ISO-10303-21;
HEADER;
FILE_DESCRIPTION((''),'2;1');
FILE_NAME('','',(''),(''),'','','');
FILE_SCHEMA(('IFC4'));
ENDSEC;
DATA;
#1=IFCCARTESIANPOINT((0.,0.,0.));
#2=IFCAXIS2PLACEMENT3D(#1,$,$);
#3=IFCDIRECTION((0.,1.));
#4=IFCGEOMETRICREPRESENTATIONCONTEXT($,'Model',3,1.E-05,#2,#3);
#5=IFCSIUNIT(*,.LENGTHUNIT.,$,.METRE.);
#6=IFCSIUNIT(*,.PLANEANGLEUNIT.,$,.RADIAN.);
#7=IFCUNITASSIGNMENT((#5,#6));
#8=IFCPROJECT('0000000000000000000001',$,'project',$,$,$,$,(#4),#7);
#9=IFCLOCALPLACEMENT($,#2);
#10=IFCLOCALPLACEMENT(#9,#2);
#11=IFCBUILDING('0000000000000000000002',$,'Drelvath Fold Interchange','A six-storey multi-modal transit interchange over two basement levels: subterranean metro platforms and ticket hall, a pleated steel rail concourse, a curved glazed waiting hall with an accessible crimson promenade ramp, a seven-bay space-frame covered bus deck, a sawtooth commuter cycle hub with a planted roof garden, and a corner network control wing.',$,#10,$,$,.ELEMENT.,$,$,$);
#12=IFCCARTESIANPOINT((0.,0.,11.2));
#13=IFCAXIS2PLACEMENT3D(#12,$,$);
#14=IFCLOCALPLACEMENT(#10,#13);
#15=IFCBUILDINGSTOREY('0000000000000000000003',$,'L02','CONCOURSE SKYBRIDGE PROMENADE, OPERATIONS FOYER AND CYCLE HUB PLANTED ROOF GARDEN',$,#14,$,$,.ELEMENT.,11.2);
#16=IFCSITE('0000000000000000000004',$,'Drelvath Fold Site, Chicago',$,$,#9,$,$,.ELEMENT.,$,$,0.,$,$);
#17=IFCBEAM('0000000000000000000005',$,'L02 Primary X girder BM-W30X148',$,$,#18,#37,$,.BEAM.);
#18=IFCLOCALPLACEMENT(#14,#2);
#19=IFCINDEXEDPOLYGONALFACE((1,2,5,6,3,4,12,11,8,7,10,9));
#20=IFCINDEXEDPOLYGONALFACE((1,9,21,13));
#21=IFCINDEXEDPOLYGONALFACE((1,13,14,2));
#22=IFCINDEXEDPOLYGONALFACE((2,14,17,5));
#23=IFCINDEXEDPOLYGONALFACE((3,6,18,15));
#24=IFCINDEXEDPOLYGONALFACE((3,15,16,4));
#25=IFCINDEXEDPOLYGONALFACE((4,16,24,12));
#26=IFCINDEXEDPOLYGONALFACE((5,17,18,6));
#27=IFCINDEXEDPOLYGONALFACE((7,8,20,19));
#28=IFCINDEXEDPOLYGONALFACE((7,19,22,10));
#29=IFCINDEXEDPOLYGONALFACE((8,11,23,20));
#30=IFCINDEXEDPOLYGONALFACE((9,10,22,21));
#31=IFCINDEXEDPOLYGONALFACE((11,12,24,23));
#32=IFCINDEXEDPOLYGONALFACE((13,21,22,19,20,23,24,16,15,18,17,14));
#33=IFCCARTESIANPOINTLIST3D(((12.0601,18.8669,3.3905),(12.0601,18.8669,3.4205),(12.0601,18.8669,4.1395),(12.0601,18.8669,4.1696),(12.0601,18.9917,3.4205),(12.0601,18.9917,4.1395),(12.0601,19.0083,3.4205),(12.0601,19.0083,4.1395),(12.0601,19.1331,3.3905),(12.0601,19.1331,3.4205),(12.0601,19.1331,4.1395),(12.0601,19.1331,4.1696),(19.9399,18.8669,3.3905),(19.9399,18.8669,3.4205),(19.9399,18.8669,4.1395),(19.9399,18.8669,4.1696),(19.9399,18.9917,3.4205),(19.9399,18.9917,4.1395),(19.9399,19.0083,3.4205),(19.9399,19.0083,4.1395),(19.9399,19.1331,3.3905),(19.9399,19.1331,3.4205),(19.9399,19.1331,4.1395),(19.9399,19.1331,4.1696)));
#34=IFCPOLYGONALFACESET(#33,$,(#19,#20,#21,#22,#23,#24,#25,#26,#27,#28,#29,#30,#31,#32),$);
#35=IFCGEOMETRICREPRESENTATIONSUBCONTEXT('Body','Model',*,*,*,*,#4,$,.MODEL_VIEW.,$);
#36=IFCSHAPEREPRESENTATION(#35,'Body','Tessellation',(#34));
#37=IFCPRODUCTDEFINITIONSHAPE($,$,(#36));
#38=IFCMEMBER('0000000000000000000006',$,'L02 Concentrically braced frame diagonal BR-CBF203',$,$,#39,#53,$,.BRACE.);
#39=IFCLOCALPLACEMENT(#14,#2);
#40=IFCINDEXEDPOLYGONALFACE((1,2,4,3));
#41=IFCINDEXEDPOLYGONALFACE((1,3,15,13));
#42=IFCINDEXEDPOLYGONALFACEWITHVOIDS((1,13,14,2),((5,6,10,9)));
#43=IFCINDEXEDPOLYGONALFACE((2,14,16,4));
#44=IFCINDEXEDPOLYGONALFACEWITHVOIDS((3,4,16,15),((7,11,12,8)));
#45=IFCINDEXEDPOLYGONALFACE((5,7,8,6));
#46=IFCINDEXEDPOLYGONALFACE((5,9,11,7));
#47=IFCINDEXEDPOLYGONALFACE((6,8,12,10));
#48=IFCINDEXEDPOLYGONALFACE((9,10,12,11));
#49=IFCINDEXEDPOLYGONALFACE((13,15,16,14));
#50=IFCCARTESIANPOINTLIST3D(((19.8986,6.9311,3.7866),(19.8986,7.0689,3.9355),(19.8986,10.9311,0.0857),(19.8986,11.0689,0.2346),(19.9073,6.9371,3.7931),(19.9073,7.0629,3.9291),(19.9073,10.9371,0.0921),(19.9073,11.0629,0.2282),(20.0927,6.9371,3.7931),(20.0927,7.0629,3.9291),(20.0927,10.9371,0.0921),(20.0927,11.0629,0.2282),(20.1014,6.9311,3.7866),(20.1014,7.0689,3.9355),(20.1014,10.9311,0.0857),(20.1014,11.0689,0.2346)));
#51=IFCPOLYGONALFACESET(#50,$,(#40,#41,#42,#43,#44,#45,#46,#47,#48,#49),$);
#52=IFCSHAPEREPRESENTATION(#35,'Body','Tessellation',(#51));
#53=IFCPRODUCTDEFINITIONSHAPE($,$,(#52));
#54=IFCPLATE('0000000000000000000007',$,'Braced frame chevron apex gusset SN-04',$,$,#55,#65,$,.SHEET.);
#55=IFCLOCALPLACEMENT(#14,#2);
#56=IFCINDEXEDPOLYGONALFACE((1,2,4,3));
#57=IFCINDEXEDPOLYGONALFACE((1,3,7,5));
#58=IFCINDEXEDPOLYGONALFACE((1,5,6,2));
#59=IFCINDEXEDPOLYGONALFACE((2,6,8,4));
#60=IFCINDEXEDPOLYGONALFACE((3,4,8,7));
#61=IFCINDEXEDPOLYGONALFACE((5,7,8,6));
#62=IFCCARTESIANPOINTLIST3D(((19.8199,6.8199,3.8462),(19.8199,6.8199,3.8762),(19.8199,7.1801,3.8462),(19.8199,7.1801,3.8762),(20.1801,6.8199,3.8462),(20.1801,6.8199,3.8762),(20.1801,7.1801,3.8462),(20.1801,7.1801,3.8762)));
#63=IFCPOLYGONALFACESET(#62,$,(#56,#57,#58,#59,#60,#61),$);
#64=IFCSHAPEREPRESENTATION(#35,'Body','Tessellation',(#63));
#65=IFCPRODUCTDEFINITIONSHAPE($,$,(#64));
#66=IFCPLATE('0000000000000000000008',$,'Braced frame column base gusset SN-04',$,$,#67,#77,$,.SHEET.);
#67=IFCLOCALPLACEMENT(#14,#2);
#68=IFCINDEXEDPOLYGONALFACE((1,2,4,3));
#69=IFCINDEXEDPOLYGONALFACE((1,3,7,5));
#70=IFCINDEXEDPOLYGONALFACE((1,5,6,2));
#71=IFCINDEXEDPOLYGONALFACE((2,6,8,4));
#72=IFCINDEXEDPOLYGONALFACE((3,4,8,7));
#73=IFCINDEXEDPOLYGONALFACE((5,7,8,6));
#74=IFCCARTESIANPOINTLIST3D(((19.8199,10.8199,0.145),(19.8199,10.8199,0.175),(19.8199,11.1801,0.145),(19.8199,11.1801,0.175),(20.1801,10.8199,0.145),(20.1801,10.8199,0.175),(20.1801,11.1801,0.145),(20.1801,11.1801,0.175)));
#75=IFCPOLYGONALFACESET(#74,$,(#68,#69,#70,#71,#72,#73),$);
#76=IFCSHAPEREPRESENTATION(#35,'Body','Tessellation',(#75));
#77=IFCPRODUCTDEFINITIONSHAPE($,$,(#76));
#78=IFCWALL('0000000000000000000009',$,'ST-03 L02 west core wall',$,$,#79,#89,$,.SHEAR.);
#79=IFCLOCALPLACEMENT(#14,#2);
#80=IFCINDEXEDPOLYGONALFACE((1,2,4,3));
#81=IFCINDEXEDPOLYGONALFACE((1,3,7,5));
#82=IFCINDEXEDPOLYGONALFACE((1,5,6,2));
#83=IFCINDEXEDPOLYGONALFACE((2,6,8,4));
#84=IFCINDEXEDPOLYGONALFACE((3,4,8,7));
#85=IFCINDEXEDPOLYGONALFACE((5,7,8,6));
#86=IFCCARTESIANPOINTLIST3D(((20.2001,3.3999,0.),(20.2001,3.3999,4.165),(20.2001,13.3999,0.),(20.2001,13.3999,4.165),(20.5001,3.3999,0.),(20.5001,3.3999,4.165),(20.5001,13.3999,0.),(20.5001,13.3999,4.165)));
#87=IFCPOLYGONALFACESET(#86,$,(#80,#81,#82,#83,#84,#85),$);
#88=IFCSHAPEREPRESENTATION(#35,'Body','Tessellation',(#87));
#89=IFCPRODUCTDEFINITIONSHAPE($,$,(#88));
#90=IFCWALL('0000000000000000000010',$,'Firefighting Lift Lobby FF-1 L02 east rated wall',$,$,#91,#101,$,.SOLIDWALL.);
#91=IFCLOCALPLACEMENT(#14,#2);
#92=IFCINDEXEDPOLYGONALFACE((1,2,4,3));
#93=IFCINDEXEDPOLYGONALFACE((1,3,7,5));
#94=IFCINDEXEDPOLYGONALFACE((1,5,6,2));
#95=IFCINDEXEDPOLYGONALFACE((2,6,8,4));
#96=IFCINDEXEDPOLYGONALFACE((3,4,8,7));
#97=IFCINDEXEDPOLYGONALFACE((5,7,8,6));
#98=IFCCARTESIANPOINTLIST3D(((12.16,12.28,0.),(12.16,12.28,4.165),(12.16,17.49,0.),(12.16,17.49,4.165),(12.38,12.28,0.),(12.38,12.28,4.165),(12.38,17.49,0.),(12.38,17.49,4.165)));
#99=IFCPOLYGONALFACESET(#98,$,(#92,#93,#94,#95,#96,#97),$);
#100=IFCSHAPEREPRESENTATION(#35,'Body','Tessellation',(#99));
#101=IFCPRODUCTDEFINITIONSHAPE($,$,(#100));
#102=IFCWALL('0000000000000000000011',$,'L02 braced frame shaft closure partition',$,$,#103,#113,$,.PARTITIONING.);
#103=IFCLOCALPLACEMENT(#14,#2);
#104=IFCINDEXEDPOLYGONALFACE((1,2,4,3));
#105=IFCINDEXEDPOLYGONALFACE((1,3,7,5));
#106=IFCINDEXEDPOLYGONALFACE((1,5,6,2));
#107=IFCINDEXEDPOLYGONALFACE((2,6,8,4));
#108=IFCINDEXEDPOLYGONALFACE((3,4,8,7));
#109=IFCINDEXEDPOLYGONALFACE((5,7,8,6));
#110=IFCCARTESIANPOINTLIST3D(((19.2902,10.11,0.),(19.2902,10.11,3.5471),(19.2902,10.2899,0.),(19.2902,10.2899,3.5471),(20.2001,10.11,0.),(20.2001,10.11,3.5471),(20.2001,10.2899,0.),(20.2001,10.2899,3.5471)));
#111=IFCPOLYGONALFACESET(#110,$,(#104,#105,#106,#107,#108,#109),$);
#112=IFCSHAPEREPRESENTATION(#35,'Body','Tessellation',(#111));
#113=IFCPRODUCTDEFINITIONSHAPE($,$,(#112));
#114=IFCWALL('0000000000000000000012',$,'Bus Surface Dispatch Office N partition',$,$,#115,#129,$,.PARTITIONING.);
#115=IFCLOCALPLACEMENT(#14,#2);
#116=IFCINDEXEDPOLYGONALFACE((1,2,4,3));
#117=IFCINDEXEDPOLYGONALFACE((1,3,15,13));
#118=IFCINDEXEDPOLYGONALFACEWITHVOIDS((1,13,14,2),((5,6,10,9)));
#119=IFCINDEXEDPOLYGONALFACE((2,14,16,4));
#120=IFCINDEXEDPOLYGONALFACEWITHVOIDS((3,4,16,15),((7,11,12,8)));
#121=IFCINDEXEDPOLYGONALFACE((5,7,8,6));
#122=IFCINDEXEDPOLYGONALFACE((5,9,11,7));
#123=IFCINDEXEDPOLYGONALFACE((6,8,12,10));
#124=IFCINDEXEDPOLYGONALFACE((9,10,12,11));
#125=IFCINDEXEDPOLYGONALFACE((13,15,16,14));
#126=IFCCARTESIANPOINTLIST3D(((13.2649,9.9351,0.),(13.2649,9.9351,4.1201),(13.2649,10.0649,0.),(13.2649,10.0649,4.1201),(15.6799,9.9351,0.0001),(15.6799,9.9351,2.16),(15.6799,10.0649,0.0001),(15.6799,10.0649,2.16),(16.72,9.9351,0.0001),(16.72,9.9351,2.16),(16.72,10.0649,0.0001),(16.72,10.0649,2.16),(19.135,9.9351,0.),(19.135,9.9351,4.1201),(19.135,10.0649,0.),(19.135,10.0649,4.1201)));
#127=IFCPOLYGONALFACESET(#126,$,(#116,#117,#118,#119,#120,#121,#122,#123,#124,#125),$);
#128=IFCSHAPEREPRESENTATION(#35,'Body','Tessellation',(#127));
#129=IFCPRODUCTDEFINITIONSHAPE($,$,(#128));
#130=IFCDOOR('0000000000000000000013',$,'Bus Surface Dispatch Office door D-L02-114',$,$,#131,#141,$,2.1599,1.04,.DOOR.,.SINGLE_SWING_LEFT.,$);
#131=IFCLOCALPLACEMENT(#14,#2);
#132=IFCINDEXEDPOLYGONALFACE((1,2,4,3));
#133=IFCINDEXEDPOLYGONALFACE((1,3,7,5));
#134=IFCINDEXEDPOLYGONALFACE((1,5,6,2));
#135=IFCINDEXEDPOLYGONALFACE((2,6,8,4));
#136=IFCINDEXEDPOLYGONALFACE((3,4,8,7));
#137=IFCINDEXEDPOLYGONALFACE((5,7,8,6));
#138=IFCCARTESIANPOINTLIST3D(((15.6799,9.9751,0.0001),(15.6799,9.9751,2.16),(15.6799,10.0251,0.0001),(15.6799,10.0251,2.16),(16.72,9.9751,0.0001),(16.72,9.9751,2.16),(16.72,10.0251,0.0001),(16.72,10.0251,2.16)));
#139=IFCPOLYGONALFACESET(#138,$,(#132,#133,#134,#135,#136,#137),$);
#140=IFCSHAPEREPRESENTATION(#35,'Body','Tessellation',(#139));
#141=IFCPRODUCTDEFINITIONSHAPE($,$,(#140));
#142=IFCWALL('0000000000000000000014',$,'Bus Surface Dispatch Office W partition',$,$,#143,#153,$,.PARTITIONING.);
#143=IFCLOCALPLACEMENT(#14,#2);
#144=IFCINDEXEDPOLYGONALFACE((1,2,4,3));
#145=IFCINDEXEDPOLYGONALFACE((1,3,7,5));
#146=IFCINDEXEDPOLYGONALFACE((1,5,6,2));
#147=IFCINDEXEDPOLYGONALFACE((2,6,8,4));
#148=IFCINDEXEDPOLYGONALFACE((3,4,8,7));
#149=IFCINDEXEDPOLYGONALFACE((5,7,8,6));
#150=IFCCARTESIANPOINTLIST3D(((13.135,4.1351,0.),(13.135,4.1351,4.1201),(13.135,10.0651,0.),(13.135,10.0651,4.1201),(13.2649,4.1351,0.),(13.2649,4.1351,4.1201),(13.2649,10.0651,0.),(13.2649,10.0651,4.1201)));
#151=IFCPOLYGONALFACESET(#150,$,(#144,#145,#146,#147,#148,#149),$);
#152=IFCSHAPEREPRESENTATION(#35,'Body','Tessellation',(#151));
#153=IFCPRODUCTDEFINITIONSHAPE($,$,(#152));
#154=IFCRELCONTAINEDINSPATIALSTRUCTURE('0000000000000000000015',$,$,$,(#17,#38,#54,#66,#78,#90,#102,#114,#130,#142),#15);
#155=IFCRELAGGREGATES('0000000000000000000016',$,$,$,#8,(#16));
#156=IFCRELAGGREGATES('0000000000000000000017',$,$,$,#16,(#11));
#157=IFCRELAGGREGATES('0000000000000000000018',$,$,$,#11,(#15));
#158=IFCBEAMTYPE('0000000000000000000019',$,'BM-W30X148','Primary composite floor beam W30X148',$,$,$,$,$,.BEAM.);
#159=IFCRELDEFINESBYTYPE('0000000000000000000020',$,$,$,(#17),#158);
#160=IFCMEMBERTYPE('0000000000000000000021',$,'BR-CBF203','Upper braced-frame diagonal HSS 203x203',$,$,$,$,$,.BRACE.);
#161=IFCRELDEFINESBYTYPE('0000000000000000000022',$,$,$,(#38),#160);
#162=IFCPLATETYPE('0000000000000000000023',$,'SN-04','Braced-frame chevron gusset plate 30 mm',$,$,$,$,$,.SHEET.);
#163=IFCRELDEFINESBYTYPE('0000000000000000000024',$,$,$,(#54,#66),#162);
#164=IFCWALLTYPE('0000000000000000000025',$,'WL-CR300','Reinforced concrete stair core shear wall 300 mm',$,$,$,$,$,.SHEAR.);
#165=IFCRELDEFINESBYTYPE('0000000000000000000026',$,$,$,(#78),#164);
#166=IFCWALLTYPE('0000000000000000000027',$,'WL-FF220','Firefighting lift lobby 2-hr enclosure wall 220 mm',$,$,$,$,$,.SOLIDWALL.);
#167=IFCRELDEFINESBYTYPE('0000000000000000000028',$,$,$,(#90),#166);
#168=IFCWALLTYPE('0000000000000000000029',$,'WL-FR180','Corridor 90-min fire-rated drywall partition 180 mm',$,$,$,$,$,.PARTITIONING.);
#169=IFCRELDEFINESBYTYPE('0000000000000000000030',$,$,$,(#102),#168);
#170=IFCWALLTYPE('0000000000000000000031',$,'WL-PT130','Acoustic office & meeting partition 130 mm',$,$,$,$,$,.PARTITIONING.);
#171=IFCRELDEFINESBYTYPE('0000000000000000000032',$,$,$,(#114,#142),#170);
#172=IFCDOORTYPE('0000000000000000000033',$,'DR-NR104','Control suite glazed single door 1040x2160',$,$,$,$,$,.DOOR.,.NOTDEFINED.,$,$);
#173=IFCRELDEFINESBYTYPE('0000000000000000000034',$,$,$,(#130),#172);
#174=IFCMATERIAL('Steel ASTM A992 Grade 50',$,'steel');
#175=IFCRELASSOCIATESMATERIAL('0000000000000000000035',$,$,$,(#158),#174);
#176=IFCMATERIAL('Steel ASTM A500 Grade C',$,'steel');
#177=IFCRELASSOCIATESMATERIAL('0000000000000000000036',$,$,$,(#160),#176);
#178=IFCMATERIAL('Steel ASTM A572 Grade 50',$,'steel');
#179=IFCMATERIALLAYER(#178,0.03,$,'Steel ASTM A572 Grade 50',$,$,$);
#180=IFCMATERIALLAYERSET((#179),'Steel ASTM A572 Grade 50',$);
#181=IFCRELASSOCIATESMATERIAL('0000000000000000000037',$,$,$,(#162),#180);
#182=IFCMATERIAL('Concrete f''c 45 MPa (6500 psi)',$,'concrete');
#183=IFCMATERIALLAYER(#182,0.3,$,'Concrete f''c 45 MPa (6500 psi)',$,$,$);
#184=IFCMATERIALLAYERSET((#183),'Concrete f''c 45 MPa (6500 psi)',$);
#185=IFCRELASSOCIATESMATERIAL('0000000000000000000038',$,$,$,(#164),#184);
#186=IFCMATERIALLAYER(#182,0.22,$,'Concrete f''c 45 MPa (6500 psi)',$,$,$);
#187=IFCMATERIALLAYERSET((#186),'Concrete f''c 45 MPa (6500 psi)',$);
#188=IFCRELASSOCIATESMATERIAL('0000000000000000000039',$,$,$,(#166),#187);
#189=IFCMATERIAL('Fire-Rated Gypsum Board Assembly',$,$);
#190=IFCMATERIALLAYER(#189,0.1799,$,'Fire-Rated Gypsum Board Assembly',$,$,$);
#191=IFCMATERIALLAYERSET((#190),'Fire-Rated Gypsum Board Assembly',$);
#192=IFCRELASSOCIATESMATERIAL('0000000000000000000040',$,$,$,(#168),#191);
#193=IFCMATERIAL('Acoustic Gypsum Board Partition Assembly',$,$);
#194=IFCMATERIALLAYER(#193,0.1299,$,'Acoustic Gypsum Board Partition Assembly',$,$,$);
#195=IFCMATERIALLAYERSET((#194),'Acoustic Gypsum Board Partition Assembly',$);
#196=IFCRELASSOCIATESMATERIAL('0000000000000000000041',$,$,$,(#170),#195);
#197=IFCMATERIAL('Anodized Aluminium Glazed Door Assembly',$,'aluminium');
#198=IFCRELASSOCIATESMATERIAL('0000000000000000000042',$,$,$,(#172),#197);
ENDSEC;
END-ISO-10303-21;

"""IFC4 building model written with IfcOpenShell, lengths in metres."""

from ifc_helpers import new_model, si_unit, direction, frame, frame_2d, origin, origin_2d, place, context, subcontext, project, spatial, rectangle, hollow_rectangle, i_section, extrude, material, layer, layer_set, material_profile, profile_set, type_object, element, fill, save


model = new_model("IFC4")

# Units and contexts
model_context = context("Model", 3, precision=1e-05, world=origin(), true_north=direction((0.0, 1.0)))
body_context = subcontext(model_context, "Body", "Model", "MODEL_VIEW")
ifc_project = project(units=[si_unit("LENGTHUNIT", "METRE"), si_unit("PLANEANGLEUNIT", "RADIAN")], contexts=[model_context])

# Site, building, storey
site_placement = place(None, origin())
site = spatial("IfcSite", under=ifc_project, at=site_placement, Name="Drelvath Fold Site, Chicago", CompositionType="ELEMENT", RefElevation=0.0)
building_placement = place(site_placement, origin())
building = spatial("IfcBuilding", under=site, at=building_placement, Name="Drelvath Fold Interchange", Description="A six-storey multi-modal transit interchange over two basement levels: subterranean metro platforms and ticket hall, a pleated steel rail concourse, a curved glazed waiting hall with an accessible crimson promenade ramp, a seven-bay space-frame covered bus deck, a sawtooth commuter cycle hub with a planted roof garden, and a corner network control wing.", CompositionType="ELEMENT")
storey_placement = place(building_placement, frame((0.0, 0.0, 11.2)))
storey = spatial("IfcBuildingStorey", under=building, at=storey_placement, Name="L02", Description="CONCOURSE SKYBRIDGE PROMENADE, OPERATIONS FOYER AND CYCLE HUB PLANTED ROOF GARDEN", CompositionType="ELEMENT", Elevation=11.2)

# Shared definitions
ifc_material_1 = material(Name="Steel ASTM A992 Grade 50", Category="steel")

# Beam
ifc_material_profile_1 = material_profile(ifc_material_1, i_section(OverallWidth=0.2661, OverallDepth=0.7791, WebThickness=0.0166, FlangeThickness=0.03, at=origin_2d()), Name="W30X148")
ifc_profile_set_1 = profile_set([ifc_material_profile_1], Name="Steel ASTM A992 Grade 50")
beam_type_1 = type_object("IfcBeamType", Name="BM-W30X148", Description="Primary composite floor beam W30X148", PredefinedType="BEAM", material=ifc_profile_set_1)
for number, where, z_axis, x_axis, name in (
    (1, (12.0601, 19.0, 3.78), (1.0, 0.0, 0.0), (0.0, 1.0, 0.0), "L02 Primary X girder BM-W30X148"),
):
    element("IfcBeam", number, at=place(storey_placement, frame(where, z_axis=z_axis, x_axis=x_axis)), inside=storey, type_object=beam_type_1, Name=name, PredefinedType="BEAM", context=body_context, shape_type="SweptSolid", body=[
        extrude(i_section(OverallWidth=0.2661, OverallDepth=0.7791, WebThickness=0.0166, FlangeThickness=0.03, at=origin_2d()), origin(), (0.0, 0.0, 1.0), 7.8799),
    ])

# Member
ifc_material_2 = material(Name="Steel ASTM A500 Grade C", Category="steel")
ifc_material_profile_2 = material_profile(ifc_material_2, hollow_rectangle(XDim=0.2029, YDim=0.2029, WallThickness=0.0088, at=origin_2d()), Name="HSS8X8X3/8")
ifc_profile_set_2 = profile_set([ifc_material_profile_2], Name="Steel ASTM A500 Grade C")
member_type = type_object("IfcMemberType", Name="BR-CBF203", Description="Upper braced-frame diagonal HSS 203x203", PredefinedType="BRACE", material=ifc_profile_set_2)
member_placement = place(storey_placement, frame((20.0, 11.0, 0.1602), z_axis=(0.0, -0.734015, 0.679134), x_axis=(1.0, 0.0, 0.0)))
element("IfcMember", 2, at=member_placement, inside=storey, type_object=member_type, Name="L02 Concentrically braced frame diagonal BR-CBF203", PredefinedType="BRACE", context=body_context, shape_type="SweptSolid", body=[
    extrude(hollow_rectangle(XDim=0.2029, YDim=0.2029, WallThickness=0.0088, at=origin_2d()), origin(), (0.0, 0.0, 1.0), 5.4495),
])

# Plates
ifc_material_3 = material(Name="Steel ASTM A572 Grade 50", Category="steel")
ifc_layer_1 = layer(ifc_material_3, 0.03, Name="Steel ASTM A572 Grade 50")
ifc_layer_set_1 = layer_set([ifc_layer_1], Name="Steel ASTM A572 Grade 50")
plate_type = type_object("IfcPlateType", Name="SN-04", Description="Braced-frame chevron gusset plate 30 mm", PredefinedType="SHEET", material=ifc_layer_set_1)
for number, where, z_axis, x_axis, name in (
    (3, (20.0, 7.0, 3.8462), (0.0, 0.0, 1.0), (1.0, 0.0, 0.0), "Braced frame chevron apex gusset SN-04"),
    (4, (20.0, 11.0, 0.145), (0.0, 0.0, 1.0), (1.0, 0.0, 0.0), "Braced frame column base gusset SN-04"),
):
    element("IfcPlate", number, at=place(storey_placement, frame(where, z_axis=z_axis, x_axis=x_axis)), inside=storey, type_object=plate_type, Name=name, PredefinedType="SHEET", context=body_context, shape_type="SweptSolid", body=[
        extrude(rectangle(XDim=0.3601, YDim=0.3601, at=origin_2d()), origin(), (0.0, 0.0, 1.0), 0.03),
    ])

# Walls
ifc_material_4 = material(Name="Concrete f'c 45 MPa (6500 psi)", Category="concrete")
ifc_layer_2 = layer(ifc_material_4, 0.3, Name="Concrete f'c 45 MPa (6500 psi)")
ifc_layer_set_2 = layer_set([ifc_layer_2], Name="Concrete f'c 45 MPa (6500 psi)")
wall_type_1 = type_object("IfcWallType", Name="WL-CR300", Description="Reinforced concrete stair core shear wall 300 mm", PredefinedType="SHEAR", material=ifc_layer_set_2)
wall_1_placement = place(storey_placement, frame((20.3501, 13.3999, 0.0), z_axis=(0.0, 0.0, 1.0), x_axis=(0.0, -1.0, 0.0)))
element("IfcWall", 5, at=wall_1_placement, inside=storey, type_object=wall_type_1, Name="ST-03 L02 west core wall", PredefinedType="SHEAR", context=body_context, shape_type="SweptSolid", body=[
    extrude(rectangle(XDim=10.0, YDim=0.3, at=frame_2d((5.0, 0.0))), origin(), (0.0, 0.0, 1.0), 4.165),
])
ifc_layer_3 = layer(ifc_material_4, 0.22, Name="Concrete f'c 45 MPa (6500 psi)")
ifc_layer_set_3 = layer_set([ifc_layer_3], Name="Concrete f'c 45 MPa (6500 psi)")
wall_type_2 = type_object("IfcWallType", Name="WL-FF220", Description="Firefighting lift lobby 2-hr enclosure wall 220 mm", PredefinedType="SOLIDWALL", material=ifc_layer_set_3)
wall_2_placement = place(storey_placement, frame((12.27, 12.28, 0.0), z_axis=(0.0, 0.0, 1.0), x_axis=(0.0, 1.0, 0.0)))
element("IfcWall", 6, at=wall_2_placement, inside=storey, type_object=wall_type_2, Name="Firefighting Lift Lobby FF-1 L02 east rated wall", PredefinedType="SOLIDWALL", context=body_context, shape_type="SweptSolid", body=[
    extrude(rectangle(XDim=5.21, YDim=0.22, at=frame_2d((2.605, 0.0))), origin(), (0.0, 0.0, 1.0), 4.165),
])
ifc_material_5 = material(Name="Fire-Rated Gypsum Board Assembly")
ifc_layer_4 = layer(ifc_material_5, 0.1799, Name="Fire-Rated Gypsum Board Assembly")
ifc_layer_set_4 = layer_set([ifc_layer_4], Name="Fire-Rated Gypsum Board Assembly")
wall_type_3 = type_object("IfcWallType", Name="WL-FR180", Description="Corridor 90-min fire-rated drywall partition 180 mm", PredefinedType="PARTITIONING", material=ifc_layer_set_4)
wall_3_placement = place(storey_placement, frame((19.29, 10.2, 0.0), z_axis=(0.0, 0.0, 1.0), x_axis=(1.0, 0.0, 0.0)))
element("IfcWall", 7, at=wall_3_placement, inside=storey, type_object=wall_type_3, Name="L02 braced frame shaft closure partition", PredefinedType="PARTITIONING", context=body_context, shape_type="SweptSolid", body=[
    extrude(rectangle(XDim=0.9099, YDim=0.1799, at=frame_2d((0.4551, 0.0))), origin(), (0.0, 0.0, 1.0), 3.5471),
])

# Wall, opening, door
ifc_material_6 = material(Name="Acoustic Gypsum Board Partition Assembly")
ifc_layer_5 = layer(ifc_material_6, 0.1299, Name="Acoustic Gypsum Board Partition Assembly")
ifc_layer_set_5 = layer_set([ifc_layer_5], Name="Acoustic Gypsum Board Partition Assembly")
wall_type_4 = type_object("IfcWallType", Name="WL-PT130", Description="Acoustic office & meeting partition 130 mm", PredefinedType="PARTITIONING", material=ifc_layer_set_5)
wall_4_placement = place(storey_placement, frame((19.135, 10.0, 0.0), z_axis=(0.0, 0.0, 1.0), x_axis=(-1.0, 0.0, 0.0)))
wall_4 = element("IfcWall", 8, at=wall_4_placement, inside=storey, type_object=wall_type_4, Name="Bus Surface Dispatch Office N partition", PredefinedType="PARTITIONING", context=body_context, shape_type="SweptSolid", body=[
    extrude(rectangle(XDim=5.8701, YDim=0.1299, at=frame_2d((2.9351, 0.0))), origin(), (0.0, 0.0, 1.0), 4.1201),
])
opening_placement = place(wall_4_placement, frame((2.415, 0.0, 0.0)))
opening = element("IfcOpeningElement", 9, at=opening_placement, cuts=wall_4, PredefinedType="OPENING", context=body_context, shape_type="SweptSolid", body=[
    extrude(rectangle(XDim=1.04, YDim=2.1599, at=frame_2d((0.52, 1.0801))), frame((0.0, 0.075, 0.0), z_axis=(0.0, -1.0, 0.0), x_axis=(1.0, 0.0, 0.0)), (0.0, 0.0, 1.0), 0.1499),
])
ifc_material_7 = material(Name="Anodized Aluminium Glazed Door Assembly", Category="aluminium")
door_type = type_object("IfcDoorType", Name="DR-NR104", Description="Control suite glazed single door 1040x2160", OperationType="NOTDEFINED", PredefinedType="DOOR", material=ifc_material_7)
door_placement = place(opening_placement, origin())
door = element("IfcDoor", 10, at=door_placement, inside=storey, type_object=door_type, Name="Bus Surface Dispatch Office door D-L02-114", OperationType="SINGLE_SWING_LEFT", OverallHeight=2.1599, OverallWidth=1.04, PredefinedType="DOOR", context=body_context, shape_type="SweptSolid", body=[
    extrude(rectangle(XDim=1.04, YDim=2.1599, at=frame_2d((0.52, 1.0801))), frame((0.0, 0.0249, 0.0), z_axis=(0.0, -1.0, 0.0), x_axis=(1.0, 0.0, 0.0)), (0.0, 0.0, 1.0), 0.05),
])
fill(opening, door)

# Wall
wall_5_placement = place(storey_placement, frame((13.2, 10.0649, 0.0), z_axis=(0.0, 0.0, 1.0), x_axis=(0.0, -1.0, 0.0)))
element("IfcWall", 11, at=wall_5_placement, inside=storey, type_object=wall_type_4, Name="Bus Surface Dispatch Office W partition", PredefinedType="PARTITIONING", context=body_context, shape_type="SweptSolid", body=[
    extrude(rectangle(XDim=5.9299, YDim=0.1299, at=frame_2d((2.9648, 0.0))), origin(), (0.0, 0.0, 1.0), 4.1201),
])

save(model, "model.ifc")
